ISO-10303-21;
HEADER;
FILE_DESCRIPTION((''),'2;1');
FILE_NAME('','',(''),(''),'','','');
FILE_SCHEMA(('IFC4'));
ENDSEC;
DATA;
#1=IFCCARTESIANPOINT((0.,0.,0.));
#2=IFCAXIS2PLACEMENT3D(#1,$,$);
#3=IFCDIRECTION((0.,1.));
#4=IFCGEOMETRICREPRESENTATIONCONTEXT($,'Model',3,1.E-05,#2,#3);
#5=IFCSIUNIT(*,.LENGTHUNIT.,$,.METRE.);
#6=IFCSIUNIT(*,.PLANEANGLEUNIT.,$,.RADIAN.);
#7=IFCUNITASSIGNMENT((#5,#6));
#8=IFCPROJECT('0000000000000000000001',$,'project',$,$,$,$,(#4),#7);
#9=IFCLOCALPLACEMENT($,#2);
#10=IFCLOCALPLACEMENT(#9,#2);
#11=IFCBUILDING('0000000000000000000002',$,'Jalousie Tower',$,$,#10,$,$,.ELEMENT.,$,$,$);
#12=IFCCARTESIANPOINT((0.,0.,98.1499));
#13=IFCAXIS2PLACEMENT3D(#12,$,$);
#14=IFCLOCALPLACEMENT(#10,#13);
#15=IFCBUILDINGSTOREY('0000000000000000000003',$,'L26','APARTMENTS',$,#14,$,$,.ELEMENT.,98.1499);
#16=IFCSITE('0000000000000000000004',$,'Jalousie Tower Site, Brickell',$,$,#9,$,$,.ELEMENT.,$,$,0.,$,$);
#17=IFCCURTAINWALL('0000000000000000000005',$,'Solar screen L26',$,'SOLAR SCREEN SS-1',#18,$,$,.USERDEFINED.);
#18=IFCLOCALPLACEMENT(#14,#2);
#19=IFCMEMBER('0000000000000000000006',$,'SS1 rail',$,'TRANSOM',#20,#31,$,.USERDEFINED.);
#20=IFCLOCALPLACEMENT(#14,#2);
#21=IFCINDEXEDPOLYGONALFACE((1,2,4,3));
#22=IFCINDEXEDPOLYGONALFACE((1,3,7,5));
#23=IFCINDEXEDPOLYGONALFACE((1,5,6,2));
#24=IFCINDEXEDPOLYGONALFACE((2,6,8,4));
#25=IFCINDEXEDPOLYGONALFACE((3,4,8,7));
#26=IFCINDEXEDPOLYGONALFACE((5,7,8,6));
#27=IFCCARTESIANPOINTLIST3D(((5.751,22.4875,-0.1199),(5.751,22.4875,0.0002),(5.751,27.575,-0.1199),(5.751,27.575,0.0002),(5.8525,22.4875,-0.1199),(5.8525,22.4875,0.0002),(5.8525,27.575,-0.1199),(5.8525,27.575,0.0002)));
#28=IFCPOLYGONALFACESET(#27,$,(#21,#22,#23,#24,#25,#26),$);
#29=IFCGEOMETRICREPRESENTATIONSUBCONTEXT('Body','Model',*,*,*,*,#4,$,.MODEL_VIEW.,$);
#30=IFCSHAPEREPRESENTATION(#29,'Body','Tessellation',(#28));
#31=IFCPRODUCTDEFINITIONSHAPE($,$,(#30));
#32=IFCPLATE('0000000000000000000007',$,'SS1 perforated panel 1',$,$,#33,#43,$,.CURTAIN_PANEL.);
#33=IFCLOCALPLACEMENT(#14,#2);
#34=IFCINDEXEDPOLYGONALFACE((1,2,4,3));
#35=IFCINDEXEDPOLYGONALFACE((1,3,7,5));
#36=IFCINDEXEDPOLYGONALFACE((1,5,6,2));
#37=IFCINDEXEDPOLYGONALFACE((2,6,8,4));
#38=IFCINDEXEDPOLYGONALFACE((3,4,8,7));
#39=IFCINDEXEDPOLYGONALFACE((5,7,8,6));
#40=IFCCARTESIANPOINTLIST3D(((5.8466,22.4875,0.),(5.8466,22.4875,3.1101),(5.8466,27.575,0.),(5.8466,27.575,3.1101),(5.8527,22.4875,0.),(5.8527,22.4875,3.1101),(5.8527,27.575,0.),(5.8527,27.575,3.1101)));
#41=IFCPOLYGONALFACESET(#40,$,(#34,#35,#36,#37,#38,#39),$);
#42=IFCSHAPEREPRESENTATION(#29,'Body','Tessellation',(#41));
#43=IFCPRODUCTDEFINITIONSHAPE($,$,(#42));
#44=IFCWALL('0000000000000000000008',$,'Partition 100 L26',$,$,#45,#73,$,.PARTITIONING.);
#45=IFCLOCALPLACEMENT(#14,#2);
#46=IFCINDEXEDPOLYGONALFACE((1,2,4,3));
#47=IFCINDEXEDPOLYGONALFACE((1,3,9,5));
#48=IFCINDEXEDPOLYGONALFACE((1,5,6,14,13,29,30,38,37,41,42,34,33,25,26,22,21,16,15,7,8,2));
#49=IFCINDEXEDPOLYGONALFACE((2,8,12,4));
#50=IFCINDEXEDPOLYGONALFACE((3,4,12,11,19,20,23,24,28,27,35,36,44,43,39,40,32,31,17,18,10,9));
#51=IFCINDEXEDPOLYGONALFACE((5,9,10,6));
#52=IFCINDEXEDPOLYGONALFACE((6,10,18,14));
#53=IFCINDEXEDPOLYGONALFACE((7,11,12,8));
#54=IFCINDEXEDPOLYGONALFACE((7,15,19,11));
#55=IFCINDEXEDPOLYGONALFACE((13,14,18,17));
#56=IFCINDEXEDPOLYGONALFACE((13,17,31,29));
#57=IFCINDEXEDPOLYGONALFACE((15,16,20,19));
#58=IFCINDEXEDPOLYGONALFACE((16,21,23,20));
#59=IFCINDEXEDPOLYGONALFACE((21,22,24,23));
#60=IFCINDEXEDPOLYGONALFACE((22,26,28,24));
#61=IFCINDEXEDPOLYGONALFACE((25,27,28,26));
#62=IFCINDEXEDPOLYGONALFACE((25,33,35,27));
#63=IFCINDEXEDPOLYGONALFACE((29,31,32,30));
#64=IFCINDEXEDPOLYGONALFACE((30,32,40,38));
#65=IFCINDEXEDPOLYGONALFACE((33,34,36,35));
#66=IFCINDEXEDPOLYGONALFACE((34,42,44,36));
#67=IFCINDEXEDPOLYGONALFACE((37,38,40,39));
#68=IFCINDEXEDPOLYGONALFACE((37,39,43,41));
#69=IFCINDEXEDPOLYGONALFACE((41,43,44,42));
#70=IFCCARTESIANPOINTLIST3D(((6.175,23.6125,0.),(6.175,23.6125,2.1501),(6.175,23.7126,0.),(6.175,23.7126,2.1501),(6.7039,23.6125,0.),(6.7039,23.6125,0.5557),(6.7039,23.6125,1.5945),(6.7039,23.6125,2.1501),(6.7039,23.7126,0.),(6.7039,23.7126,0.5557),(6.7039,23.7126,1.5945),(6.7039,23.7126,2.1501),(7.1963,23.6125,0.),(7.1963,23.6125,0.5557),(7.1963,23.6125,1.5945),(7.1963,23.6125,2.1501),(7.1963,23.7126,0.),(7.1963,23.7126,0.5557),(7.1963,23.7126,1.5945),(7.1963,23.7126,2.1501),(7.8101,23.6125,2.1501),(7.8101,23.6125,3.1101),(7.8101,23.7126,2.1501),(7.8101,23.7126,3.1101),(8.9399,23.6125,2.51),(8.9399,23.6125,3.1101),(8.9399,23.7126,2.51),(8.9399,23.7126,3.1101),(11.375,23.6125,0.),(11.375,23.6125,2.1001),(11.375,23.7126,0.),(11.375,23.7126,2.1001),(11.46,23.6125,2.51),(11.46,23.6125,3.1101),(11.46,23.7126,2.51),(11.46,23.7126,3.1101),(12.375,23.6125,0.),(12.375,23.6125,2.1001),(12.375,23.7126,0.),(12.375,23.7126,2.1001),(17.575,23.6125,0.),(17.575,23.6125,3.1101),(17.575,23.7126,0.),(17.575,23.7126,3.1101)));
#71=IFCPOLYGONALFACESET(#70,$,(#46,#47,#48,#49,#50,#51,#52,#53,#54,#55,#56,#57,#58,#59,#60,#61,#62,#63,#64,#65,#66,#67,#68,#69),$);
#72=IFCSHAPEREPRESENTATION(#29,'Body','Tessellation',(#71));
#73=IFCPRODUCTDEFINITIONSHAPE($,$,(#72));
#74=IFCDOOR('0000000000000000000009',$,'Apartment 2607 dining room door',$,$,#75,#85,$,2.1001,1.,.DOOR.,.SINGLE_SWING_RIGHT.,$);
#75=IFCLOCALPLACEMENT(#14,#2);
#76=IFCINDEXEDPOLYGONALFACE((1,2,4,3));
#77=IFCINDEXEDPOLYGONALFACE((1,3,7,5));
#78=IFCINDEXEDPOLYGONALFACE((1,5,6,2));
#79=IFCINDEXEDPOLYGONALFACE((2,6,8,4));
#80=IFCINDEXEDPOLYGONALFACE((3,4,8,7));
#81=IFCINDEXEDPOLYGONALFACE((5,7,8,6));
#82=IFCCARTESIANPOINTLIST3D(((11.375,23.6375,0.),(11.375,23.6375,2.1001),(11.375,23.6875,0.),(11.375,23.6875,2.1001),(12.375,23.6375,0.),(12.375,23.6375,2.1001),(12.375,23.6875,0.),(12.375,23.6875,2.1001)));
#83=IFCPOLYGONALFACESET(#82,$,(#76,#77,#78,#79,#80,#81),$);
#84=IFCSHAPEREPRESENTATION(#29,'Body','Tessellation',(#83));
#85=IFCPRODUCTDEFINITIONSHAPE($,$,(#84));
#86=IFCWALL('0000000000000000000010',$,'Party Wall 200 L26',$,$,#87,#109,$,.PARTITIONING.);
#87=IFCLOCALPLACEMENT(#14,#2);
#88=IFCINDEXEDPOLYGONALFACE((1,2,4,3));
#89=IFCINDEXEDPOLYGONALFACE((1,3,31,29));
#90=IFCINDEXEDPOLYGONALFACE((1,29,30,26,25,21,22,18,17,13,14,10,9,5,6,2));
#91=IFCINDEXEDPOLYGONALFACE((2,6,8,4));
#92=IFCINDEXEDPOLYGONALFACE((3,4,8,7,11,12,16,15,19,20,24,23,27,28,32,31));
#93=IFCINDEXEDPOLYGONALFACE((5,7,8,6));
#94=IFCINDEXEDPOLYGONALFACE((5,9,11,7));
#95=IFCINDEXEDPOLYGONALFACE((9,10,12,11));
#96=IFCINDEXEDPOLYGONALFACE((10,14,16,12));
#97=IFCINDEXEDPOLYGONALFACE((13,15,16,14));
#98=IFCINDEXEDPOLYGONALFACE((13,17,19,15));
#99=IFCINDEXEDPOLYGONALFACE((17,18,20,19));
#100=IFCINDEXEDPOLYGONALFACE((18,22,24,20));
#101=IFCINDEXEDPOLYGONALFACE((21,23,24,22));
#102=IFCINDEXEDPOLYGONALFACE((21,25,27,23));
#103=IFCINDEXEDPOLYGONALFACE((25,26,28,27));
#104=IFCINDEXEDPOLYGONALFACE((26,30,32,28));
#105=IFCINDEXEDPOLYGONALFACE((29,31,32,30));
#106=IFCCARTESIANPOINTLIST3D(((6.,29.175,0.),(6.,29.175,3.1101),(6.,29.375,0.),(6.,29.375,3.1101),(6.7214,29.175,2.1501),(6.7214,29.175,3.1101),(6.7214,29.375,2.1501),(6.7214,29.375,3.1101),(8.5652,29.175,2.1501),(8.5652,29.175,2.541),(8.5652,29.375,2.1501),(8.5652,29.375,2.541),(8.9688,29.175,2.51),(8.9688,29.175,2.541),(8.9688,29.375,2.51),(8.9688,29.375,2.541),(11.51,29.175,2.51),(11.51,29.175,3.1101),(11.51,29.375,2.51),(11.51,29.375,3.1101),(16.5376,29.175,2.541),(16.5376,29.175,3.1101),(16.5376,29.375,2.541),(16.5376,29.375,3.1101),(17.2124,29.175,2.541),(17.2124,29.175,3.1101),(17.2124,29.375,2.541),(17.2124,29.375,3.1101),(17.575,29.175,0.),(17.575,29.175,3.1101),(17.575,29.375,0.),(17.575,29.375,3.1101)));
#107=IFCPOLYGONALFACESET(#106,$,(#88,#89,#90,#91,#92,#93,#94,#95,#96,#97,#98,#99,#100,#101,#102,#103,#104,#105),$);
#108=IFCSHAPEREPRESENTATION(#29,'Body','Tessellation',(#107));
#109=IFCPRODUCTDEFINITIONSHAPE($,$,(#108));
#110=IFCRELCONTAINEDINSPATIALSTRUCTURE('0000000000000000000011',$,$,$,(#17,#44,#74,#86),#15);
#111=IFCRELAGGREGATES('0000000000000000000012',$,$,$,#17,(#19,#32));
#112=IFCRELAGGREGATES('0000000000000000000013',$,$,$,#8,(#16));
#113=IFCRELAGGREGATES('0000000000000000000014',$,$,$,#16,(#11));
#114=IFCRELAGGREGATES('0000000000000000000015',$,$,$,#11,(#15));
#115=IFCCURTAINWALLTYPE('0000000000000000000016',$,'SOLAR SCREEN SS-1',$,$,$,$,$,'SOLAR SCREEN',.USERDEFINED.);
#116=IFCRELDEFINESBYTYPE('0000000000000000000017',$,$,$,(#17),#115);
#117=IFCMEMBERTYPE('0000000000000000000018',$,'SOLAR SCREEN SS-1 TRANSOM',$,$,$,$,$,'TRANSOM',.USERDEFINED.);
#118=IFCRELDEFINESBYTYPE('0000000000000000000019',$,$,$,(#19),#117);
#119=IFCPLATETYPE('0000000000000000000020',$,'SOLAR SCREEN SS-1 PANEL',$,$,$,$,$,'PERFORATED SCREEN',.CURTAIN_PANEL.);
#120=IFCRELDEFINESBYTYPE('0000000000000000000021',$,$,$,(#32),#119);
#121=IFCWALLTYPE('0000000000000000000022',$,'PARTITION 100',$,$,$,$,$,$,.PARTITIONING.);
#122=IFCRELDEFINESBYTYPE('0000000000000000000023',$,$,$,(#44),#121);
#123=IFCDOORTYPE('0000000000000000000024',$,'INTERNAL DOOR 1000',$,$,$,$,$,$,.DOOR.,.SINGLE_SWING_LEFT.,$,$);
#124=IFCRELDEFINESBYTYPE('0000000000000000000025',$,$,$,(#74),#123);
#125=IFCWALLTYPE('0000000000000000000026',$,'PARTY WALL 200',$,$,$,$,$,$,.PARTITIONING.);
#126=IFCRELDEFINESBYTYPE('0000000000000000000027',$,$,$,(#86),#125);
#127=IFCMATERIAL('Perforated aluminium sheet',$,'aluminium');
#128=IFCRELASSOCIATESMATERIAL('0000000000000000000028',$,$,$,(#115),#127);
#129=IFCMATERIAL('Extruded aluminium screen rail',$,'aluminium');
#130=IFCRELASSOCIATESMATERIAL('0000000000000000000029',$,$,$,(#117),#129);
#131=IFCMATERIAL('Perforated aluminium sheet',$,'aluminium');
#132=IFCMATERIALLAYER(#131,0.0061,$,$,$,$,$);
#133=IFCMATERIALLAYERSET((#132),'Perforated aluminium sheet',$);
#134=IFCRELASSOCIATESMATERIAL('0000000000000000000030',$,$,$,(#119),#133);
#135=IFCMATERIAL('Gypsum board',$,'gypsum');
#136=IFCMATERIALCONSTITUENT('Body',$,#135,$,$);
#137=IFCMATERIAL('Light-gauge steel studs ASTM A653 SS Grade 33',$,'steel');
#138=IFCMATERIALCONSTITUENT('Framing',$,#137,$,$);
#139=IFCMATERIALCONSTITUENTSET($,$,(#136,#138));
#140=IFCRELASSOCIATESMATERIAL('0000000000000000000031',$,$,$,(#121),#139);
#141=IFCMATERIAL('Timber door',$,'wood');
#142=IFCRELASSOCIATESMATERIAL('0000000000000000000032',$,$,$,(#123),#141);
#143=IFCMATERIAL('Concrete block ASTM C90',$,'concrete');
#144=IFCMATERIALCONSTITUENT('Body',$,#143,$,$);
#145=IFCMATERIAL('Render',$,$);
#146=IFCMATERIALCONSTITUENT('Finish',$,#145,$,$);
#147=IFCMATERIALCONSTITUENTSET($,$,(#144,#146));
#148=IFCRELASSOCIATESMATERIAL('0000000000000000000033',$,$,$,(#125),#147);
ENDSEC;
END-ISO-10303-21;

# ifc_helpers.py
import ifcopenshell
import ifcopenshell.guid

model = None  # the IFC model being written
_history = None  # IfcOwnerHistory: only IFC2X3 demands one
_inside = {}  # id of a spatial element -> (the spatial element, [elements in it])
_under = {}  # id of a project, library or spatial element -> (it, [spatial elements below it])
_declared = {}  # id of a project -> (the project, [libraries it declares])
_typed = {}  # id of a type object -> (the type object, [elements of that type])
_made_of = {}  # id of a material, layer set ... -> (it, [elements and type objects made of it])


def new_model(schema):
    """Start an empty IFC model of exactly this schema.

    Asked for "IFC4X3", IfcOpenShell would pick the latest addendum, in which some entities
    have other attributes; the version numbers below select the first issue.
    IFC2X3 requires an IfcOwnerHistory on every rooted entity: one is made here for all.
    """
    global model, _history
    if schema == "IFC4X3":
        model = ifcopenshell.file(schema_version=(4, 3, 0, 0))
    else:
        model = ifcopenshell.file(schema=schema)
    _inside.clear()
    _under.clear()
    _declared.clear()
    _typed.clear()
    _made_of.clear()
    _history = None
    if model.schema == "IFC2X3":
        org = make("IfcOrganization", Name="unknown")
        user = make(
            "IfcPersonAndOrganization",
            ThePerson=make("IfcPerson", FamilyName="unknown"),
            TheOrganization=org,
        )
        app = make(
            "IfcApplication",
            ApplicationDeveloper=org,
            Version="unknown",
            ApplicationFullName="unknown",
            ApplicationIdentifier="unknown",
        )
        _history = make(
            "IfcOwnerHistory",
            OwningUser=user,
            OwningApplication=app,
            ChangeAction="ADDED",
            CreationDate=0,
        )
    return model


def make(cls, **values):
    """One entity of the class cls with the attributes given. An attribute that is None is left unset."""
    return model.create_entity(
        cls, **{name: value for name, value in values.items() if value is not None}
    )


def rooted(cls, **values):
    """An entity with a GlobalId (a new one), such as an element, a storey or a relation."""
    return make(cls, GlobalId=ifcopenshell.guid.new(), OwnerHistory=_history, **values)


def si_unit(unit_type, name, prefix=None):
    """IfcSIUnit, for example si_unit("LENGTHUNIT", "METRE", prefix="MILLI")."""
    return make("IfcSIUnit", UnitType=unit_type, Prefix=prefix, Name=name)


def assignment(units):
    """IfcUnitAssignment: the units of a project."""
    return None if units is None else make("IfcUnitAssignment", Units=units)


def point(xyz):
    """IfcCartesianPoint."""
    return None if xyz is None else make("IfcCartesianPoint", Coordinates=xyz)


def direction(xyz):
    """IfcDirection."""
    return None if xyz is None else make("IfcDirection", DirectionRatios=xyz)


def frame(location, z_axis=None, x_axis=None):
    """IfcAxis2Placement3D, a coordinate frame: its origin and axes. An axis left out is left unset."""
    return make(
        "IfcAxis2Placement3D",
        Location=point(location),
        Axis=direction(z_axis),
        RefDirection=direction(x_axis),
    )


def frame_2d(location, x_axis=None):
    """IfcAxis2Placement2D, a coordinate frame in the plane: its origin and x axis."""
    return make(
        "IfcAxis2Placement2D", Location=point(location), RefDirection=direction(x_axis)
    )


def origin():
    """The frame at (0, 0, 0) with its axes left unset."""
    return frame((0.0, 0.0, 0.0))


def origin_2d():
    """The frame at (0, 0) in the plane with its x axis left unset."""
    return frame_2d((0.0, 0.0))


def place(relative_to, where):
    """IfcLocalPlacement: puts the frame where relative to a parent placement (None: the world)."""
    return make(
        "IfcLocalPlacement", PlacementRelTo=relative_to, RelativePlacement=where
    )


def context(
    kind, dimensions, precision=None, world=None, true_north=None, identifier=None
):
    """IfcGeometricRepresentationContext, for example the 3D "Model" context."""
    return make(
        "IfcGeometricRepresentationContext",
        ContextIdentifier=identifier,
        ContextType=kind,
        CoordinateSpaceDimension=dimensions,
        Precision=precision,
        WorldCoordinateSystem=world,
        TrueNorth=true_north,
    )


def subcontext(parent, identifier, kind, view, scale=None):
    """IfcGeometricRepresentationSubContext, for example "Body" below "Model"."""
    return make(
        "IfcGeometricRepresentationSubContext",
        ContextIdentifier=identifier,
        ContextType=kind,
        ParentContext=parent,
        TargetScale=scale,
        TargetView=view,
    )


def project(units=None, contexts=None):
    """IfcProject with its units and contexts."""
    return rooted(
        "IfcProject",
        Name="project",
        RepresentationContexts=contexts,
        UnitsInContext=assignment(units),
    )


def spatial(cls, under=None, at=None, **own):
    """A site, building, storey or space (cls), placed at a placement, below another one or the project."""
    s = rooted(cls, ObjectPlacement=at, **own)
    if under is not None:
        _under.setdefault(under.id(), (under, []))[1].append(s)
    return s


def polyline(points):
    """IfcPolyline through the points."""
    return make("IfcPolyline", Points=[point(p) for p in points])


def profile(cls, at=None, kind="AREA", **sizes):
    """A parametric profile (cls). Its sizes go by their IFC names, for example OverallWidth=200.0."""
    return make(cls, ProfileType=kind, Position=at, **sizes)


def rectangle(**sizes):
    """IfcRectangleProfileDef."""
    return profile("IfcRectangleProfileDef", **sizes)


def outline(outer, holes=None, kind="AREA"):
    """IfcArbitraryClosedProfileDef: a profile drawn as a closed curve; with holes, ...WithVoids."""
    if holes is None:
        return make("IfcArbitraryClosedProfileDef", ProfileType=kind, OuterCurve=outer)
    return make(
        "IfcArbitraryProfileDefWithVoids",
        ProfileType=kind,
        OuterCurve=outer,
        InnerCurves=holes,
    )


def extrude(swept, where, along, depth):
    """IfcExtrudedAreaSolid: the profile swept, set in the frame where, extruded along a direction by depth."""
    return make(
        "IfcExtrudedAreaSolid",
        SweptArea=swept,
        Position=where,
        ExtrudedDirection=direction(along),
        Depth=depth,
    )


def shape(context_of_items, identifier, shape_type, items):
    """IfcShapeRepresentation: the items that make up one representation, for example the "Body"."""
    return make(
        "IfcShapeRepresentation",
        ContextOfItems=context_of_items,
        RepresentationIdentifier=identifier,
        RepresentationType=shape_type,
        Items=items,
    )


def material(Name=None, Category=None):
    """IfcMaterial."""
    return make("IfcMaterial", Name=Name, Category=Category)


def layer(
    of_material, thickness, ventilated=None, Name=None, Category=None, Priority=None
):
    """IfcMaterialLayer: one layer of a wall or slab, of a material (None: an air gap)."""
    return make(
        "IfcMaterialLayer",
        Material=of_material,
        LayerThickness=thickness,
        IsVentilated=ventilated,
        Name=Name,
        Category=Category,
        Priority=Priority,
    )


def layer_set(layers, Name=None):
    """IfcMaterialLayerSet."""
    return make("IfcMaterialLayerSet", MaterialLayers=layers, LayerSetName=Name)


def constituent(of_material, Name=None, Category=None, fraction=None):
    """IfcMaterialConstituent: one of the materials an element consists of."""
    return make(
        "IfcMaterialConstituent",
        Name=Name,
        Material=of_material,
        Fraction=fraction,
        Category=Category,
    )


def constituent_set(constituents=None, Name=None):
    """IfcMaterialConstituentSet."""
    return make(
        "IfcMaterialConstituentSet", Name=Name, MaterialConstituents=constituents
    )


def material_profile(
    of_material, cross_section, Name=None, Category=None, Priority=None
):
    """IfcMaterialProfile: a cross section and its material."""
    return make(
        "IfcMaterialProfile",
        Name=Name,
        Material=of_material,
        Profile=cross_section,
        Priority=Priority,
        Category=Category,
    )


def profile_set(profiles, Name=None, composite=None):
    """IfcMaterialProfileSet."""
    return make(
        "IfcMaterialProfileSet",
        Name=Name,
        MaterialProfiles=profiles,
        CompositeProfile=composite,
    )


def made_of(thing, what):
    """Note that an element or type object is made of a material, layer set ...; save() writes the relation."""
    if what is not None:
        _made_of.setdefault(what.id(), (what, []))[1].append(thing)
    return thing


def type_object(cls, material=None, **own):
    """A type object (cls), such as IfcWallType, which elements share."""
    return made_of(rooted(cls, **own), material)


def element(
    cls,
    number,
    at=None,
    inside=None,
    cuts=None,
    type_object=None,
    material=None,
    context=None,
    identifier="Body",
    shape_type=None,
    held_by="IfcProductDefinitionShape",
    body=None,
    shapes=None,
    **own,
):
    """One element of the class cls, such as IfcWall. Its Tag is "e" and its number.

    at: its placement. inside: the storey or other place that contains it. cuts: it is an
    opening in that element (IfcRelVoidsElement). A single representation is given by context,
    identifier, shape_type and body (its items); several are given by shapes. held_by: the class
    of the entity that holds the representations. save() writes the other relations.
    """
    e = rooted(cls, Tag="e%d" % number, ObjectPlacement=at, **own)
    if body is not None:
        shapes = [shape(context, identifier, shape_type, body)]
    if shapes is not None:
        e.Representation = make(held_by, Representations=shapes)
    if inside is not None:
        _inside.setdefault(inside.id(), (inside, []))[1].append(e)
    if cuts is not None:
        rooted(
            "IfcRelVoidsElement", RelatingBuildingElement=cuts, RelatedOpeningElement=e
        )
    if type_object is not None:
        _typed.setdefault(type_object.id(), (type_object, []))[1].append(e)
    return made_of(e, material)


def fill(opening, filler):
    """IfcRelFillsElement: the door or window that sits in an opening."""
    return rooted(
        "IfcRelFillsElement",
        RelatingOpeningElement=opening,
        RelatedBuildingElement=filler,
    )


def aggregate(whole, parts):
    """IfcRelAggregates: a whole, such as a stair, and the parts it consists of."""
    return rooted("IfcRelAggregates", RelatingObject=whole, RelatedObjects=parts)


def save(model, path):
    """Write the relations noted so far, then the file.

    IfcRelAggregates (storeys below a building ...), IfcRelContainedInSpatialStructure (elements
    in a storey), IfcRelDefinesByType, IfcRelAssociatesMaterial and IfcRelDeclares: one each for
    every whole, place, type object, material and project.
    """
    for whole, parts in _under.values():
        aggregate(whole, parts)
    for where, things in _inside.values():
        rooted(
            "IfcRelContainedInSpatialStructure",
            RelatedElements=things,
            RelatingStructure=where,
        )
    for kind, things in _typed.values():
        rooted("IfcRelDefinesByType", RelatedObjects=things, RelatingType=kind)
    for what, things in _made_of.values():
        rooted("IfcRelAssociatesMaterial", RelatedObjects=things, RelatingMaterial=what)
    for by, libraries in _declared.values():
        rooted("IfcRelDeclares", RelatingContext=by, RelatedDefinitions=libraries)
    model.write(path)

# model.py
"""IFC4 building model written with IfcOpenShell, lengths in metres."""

from ifc_helpers import new_model, si_unit, direction, frame, frame_2d, origin, origin_2d, place, context, subcontext, project, spatial, polyline, rectangle, outline, extrude, material, layer, layer_set, constituent, constituent_set, material_profile, profile_set, type_object, element, fill, aggregate, save


model = new_model("IFC4")

# Units and contexts
model_context = context("Model", 3, precision=1e-05, world=origin(), true_north=direction((0.0, 1.0)))
body_context = subcontext(model_context, "Body", "Model", "MODEL_VIEW")
ifc_project = project(units=[si_unit("LENGTHUNIT", "METRE"), si_unit("PLANEANGLEUNIT", "RADIAN")], contexts=[model_context])

# Site, building, storey
site_placement = place(None, origin())
site = spatial("IfcSite", under=ifc_project, at=site_placement, Name="Jalousie Tower Site, Brickell", CompositionType="ELEMENT", RefElevation=0.0)
building_placement = place(site_placement, origin())
building = spatial("IfcBuilding", under=site, at=building_placement, Name="Jalousie Tower", CompositionType="ELEMENT")
storey_placement = place(building_placement, frame((0.0, 0.0, 98.1499)))
storey = spatial("IfcBuildingStorey", under=building, at=storey_placement, Name="L26", Description="APARTMENTS", CompositionType="ELEMENT", Elevation=98.1499)

# Curtain wall, member, plate
ifc_material_1 = material(Name="Perforated aluminium sheet", Category="aluminium")
curtain_wall_type = type_object("IfcCurtainWallType", Name="SOLAR SCREEN SS-1", ElementType="SOLAR SCREEN", PredefinedType="USERDEFINED", material=ifc_material_1)
curtain_wall_placement = place(storey_placement, origin())
curtain_wall = element("IfcCurtainWall", 1, at=curtain_wall_placement, inside=storey, type_object=curtain_wall_type, Name="Solar screen L26", ObjectType="SOLAR SCREEN SS-1", PredefinedType="USERDEFINED")
ifc_material_2 = material(Name="Extruded aluminium screen rail", Category="aluminium")
ifc_material_profile_1 = material_profile(ifc_material_2, rectangle(XDim=0.1016, YDim=0.1201, at=origin_2d()), Name="RAIL 102x120")
ifc_profile_set_1 = profile_set([ifc_material_profile_1], Name="Extruded aluminium screen rail")
member_type_1 = type_object("IfcMemberType", Name="SOLAR SCREEN SS-1 TRANSOM", ElementType="TRANSOM", PredefinedType="USERDEFINED", material=ifc_profile_set_1)
member_1_placement = place(storey_placement, frame((5.8018, 27.575, -0.0598), z_axis=(0.0, -1.0, 0.0), x_axis=(1.0, 0.0, 0.0)))
member_1 = element("IfcMember", 2, at=member_1_placement, type_object=member_type_1, Name="SS1 rail", ObjectType="TRANSOM", PredefinedType="USERDEFINED", context=body_context, shape_type="SweptSolid", body=[
    extrude(rectangle(XDim=0.1016, YDim=0.1201, at=origin_2d()), origin(), (0.0, 0.0, 1.0), 5.0874),
])
ifc_material_3 = material(Name="Perforated aluminium sheet", Category="aluminium")
ifc_layer = layer(ifc_material_3, 0.0061)
ifc_layer_set = layer_set([ifc_layer], Name="Perforated aluminium sheet")
plate_type = type_object("IfcPlateType", Name="SOLAR SCREEN SS-1 PANEL", ElementType="PERFORATED SCREEN", PredefinedType="CURTAIN_PANEL", material=ifc_layer_set)
plate_placement = place(storey_placement, frame((5.8496, 25.0312, 0.0), z_axis=(0.0, 0.0, 1.0), x_axis=(0.0, -1.0, 0.0)))
plate = element("IfcPlate", 3, at=plate_placement, type_object=plate_type, Name="SS1 perforated panel 1", PredefinedType="CURTAIN_PANEL", context=body_context, shape_type="SweptSolid", body=[
    extrude(rectangle(XDim=5.0874, YDim=0.0061, at=origin_2d()), origin(), (0.0, 0.0, 1.0), 3.1101),
])
aggregate(curtain_wall, [member_1, plate])

# Wall, opening, door
ifc_material_4 = material(Name="Gypsum board", Category="gypsum")
ifc_constituent_1 = constituent(ifc_material_4, Name="Body")
ifc_material_5 = material(Name="Light-gauge steel studs ASTM A653 SS Grade 33", Category="steel")
ifc_constituent_2 = constituent(ifc_material_5, Name="Framing")
ifc_constituent_set_1 = constituent_set(constituents=[ifc_constituent_1, ifc_constituent_2])
wall_type_1 = type_object("IfcWallType", Name="PARTITION 100", PredefinedType="PARTITIONING", material=ifc_constituent_set_1)
wall_1_placement = place(storey_placement, frame((6.175, 23.6626, 0.0), z_axis=(0.0, 0.0, 1.0), x_axis=(1.0, 0.0, 0.0)))
wall_1 = element("IfcWall", 4, at=wall_1_placement, inside=storey, type_object=wall_type_1, Name="Partition 100 L26", PredefinedType="PARTITIONING", context=body_context, shape_type="SweptSolid", body=[
    extrude(outline(polyline([(0.5288, 2.1501), (0.0, 2.1501), (0.0, 0.0), (0.5288, 0.0), (0.5288, 0.5557), (1.0212, 0.5557), (1.0212, 0.0), (11.3999, 0.0), (11.3999, 3.1101), (5.2849, 3.1101), (5.2849, 2.51), (2.7649, 2.51), (2.7649, 3.1101), (1.635, 3.1101), (1.635, 2.1501), (1.0212, 2.1501), (1.0212, 1.5945), (0.5288, 1.5945), (0.5288, 2.1501)])), frame((0.0, 0.05, 0.0), z_axis=(0.0, -1.0, 0.0), x_axis=(1.0, 0.0, 0.0)), (0.0, 0.0, 1.0), 0.1001),
])
opening_placement = place(wall_1_placement, frame((5.2, 0.0, 0.0)))
opening = element("IfcOpeningElement", 5, at=opening_placement, cuts=wall_1, PredefinedType="OPENING", context=body_context, shape_type="SweptSolid", body=[
    extrude(rectangle(XDim=1.0, YDim=2.1001, at=frame_2d((0.5, 1.05))), frame((0.0, 0.0601, 0.0), z_axis=(0.0, -1.0, 0.0), x_axis=(1.0, 0.0, 0.0)), (0.0, 0.0, 1.0), 0.1201),
])
ifc_material_6 = material(Name="Timber door", Category="wood")
door_type = type_object("IfcDoorType", Name="INTERNAL DOOR 1000", OperationType="SINGLE_SWING_LEFT", PredefinedType="DOOR", material=ifc_material_6)
door_placement = place(opening_placement, origin())
door = element("IfcDoor", 6, at=door_placement, inside=storey, type_object=door_type, Name="Apartment 2607 dining room door", OperationType="SINGLE_SWING_RIGHT", OverallHeight=2.1001, OverallWidth=1.0, PredefinedType="DOOR", context=body_context, shape_type="SweptSolid", body=[
    extrude(rectangle(XDim=1.0, YDim=2.1001, at=frame_2d((0.5, 1.05))), frame((0.0, 0.0249, 0.0), z_axis=(0.0, -1.0, 0.0), x_axis=(1.0, 0.0, 0.0)), (0.0, 0.0, 1.0), 0.05),
])
fill(opening, door)

# Wall
ifc_material_7 = material(Name="Concrete block ASTM C90", Category="concrete")
ifc_constituent_3 = constituent(ifc_material_7, Name="Body")
ifc_material_8 = material(Name="Render")
ifc_constituent_4 = constituent(ifc_material_8, Name="Finish")
ifc_constituent_set_2 = constituent_set(constituents=[ifc_constituent_3, ifc_constituent_4])
wall_type_2 = type_object("IfcWallType", Name="PARTY WALL 200", PredefinedType="PARTITIONING", material=ifc_constituent_set_2)
wall_2_placement = place(storey_placement, frame((6.0, 29.2749, 0.0), z_axis=(0.0, 0.0, 1.0), x_axis=(1.0, 0.0, 0.0)))
element("IfcWall", 7, at=wall_2_placement, inside=storey, type_object=wall_type_2, Name="Party Wall 200 L26", PredefinedType="PARTITIONING", context=body_context, shape_type="SweptSolid", body=[
    extrude(outline(polyline([(0.0, 0.0), (11.575, 0.0), (11.575, 3.1101), (11.2124, 3.1101), (11.2124, 2.541), (10.5376, 2.541), (10.5376, 3.1101), (5.51, 3.1101), (5.51, 2.51), (2.9688, 2.51), (2.9688, 2.541), (2.5652, 2.541), (2.5652, 2.1501), (0.7214, 2.1501), (0.7214, 3.1101), (0.0, 3.1101), (0.0, 0.0)])), frame((0.0, 0.1001, 0.0), z_axis=(0.0, -1.0, 0.0), x_axis=(1.0, 0.0, 0.0)), (0.0, 0.0, 1.0), 0.2),
])

save(model, "model.ifc")
